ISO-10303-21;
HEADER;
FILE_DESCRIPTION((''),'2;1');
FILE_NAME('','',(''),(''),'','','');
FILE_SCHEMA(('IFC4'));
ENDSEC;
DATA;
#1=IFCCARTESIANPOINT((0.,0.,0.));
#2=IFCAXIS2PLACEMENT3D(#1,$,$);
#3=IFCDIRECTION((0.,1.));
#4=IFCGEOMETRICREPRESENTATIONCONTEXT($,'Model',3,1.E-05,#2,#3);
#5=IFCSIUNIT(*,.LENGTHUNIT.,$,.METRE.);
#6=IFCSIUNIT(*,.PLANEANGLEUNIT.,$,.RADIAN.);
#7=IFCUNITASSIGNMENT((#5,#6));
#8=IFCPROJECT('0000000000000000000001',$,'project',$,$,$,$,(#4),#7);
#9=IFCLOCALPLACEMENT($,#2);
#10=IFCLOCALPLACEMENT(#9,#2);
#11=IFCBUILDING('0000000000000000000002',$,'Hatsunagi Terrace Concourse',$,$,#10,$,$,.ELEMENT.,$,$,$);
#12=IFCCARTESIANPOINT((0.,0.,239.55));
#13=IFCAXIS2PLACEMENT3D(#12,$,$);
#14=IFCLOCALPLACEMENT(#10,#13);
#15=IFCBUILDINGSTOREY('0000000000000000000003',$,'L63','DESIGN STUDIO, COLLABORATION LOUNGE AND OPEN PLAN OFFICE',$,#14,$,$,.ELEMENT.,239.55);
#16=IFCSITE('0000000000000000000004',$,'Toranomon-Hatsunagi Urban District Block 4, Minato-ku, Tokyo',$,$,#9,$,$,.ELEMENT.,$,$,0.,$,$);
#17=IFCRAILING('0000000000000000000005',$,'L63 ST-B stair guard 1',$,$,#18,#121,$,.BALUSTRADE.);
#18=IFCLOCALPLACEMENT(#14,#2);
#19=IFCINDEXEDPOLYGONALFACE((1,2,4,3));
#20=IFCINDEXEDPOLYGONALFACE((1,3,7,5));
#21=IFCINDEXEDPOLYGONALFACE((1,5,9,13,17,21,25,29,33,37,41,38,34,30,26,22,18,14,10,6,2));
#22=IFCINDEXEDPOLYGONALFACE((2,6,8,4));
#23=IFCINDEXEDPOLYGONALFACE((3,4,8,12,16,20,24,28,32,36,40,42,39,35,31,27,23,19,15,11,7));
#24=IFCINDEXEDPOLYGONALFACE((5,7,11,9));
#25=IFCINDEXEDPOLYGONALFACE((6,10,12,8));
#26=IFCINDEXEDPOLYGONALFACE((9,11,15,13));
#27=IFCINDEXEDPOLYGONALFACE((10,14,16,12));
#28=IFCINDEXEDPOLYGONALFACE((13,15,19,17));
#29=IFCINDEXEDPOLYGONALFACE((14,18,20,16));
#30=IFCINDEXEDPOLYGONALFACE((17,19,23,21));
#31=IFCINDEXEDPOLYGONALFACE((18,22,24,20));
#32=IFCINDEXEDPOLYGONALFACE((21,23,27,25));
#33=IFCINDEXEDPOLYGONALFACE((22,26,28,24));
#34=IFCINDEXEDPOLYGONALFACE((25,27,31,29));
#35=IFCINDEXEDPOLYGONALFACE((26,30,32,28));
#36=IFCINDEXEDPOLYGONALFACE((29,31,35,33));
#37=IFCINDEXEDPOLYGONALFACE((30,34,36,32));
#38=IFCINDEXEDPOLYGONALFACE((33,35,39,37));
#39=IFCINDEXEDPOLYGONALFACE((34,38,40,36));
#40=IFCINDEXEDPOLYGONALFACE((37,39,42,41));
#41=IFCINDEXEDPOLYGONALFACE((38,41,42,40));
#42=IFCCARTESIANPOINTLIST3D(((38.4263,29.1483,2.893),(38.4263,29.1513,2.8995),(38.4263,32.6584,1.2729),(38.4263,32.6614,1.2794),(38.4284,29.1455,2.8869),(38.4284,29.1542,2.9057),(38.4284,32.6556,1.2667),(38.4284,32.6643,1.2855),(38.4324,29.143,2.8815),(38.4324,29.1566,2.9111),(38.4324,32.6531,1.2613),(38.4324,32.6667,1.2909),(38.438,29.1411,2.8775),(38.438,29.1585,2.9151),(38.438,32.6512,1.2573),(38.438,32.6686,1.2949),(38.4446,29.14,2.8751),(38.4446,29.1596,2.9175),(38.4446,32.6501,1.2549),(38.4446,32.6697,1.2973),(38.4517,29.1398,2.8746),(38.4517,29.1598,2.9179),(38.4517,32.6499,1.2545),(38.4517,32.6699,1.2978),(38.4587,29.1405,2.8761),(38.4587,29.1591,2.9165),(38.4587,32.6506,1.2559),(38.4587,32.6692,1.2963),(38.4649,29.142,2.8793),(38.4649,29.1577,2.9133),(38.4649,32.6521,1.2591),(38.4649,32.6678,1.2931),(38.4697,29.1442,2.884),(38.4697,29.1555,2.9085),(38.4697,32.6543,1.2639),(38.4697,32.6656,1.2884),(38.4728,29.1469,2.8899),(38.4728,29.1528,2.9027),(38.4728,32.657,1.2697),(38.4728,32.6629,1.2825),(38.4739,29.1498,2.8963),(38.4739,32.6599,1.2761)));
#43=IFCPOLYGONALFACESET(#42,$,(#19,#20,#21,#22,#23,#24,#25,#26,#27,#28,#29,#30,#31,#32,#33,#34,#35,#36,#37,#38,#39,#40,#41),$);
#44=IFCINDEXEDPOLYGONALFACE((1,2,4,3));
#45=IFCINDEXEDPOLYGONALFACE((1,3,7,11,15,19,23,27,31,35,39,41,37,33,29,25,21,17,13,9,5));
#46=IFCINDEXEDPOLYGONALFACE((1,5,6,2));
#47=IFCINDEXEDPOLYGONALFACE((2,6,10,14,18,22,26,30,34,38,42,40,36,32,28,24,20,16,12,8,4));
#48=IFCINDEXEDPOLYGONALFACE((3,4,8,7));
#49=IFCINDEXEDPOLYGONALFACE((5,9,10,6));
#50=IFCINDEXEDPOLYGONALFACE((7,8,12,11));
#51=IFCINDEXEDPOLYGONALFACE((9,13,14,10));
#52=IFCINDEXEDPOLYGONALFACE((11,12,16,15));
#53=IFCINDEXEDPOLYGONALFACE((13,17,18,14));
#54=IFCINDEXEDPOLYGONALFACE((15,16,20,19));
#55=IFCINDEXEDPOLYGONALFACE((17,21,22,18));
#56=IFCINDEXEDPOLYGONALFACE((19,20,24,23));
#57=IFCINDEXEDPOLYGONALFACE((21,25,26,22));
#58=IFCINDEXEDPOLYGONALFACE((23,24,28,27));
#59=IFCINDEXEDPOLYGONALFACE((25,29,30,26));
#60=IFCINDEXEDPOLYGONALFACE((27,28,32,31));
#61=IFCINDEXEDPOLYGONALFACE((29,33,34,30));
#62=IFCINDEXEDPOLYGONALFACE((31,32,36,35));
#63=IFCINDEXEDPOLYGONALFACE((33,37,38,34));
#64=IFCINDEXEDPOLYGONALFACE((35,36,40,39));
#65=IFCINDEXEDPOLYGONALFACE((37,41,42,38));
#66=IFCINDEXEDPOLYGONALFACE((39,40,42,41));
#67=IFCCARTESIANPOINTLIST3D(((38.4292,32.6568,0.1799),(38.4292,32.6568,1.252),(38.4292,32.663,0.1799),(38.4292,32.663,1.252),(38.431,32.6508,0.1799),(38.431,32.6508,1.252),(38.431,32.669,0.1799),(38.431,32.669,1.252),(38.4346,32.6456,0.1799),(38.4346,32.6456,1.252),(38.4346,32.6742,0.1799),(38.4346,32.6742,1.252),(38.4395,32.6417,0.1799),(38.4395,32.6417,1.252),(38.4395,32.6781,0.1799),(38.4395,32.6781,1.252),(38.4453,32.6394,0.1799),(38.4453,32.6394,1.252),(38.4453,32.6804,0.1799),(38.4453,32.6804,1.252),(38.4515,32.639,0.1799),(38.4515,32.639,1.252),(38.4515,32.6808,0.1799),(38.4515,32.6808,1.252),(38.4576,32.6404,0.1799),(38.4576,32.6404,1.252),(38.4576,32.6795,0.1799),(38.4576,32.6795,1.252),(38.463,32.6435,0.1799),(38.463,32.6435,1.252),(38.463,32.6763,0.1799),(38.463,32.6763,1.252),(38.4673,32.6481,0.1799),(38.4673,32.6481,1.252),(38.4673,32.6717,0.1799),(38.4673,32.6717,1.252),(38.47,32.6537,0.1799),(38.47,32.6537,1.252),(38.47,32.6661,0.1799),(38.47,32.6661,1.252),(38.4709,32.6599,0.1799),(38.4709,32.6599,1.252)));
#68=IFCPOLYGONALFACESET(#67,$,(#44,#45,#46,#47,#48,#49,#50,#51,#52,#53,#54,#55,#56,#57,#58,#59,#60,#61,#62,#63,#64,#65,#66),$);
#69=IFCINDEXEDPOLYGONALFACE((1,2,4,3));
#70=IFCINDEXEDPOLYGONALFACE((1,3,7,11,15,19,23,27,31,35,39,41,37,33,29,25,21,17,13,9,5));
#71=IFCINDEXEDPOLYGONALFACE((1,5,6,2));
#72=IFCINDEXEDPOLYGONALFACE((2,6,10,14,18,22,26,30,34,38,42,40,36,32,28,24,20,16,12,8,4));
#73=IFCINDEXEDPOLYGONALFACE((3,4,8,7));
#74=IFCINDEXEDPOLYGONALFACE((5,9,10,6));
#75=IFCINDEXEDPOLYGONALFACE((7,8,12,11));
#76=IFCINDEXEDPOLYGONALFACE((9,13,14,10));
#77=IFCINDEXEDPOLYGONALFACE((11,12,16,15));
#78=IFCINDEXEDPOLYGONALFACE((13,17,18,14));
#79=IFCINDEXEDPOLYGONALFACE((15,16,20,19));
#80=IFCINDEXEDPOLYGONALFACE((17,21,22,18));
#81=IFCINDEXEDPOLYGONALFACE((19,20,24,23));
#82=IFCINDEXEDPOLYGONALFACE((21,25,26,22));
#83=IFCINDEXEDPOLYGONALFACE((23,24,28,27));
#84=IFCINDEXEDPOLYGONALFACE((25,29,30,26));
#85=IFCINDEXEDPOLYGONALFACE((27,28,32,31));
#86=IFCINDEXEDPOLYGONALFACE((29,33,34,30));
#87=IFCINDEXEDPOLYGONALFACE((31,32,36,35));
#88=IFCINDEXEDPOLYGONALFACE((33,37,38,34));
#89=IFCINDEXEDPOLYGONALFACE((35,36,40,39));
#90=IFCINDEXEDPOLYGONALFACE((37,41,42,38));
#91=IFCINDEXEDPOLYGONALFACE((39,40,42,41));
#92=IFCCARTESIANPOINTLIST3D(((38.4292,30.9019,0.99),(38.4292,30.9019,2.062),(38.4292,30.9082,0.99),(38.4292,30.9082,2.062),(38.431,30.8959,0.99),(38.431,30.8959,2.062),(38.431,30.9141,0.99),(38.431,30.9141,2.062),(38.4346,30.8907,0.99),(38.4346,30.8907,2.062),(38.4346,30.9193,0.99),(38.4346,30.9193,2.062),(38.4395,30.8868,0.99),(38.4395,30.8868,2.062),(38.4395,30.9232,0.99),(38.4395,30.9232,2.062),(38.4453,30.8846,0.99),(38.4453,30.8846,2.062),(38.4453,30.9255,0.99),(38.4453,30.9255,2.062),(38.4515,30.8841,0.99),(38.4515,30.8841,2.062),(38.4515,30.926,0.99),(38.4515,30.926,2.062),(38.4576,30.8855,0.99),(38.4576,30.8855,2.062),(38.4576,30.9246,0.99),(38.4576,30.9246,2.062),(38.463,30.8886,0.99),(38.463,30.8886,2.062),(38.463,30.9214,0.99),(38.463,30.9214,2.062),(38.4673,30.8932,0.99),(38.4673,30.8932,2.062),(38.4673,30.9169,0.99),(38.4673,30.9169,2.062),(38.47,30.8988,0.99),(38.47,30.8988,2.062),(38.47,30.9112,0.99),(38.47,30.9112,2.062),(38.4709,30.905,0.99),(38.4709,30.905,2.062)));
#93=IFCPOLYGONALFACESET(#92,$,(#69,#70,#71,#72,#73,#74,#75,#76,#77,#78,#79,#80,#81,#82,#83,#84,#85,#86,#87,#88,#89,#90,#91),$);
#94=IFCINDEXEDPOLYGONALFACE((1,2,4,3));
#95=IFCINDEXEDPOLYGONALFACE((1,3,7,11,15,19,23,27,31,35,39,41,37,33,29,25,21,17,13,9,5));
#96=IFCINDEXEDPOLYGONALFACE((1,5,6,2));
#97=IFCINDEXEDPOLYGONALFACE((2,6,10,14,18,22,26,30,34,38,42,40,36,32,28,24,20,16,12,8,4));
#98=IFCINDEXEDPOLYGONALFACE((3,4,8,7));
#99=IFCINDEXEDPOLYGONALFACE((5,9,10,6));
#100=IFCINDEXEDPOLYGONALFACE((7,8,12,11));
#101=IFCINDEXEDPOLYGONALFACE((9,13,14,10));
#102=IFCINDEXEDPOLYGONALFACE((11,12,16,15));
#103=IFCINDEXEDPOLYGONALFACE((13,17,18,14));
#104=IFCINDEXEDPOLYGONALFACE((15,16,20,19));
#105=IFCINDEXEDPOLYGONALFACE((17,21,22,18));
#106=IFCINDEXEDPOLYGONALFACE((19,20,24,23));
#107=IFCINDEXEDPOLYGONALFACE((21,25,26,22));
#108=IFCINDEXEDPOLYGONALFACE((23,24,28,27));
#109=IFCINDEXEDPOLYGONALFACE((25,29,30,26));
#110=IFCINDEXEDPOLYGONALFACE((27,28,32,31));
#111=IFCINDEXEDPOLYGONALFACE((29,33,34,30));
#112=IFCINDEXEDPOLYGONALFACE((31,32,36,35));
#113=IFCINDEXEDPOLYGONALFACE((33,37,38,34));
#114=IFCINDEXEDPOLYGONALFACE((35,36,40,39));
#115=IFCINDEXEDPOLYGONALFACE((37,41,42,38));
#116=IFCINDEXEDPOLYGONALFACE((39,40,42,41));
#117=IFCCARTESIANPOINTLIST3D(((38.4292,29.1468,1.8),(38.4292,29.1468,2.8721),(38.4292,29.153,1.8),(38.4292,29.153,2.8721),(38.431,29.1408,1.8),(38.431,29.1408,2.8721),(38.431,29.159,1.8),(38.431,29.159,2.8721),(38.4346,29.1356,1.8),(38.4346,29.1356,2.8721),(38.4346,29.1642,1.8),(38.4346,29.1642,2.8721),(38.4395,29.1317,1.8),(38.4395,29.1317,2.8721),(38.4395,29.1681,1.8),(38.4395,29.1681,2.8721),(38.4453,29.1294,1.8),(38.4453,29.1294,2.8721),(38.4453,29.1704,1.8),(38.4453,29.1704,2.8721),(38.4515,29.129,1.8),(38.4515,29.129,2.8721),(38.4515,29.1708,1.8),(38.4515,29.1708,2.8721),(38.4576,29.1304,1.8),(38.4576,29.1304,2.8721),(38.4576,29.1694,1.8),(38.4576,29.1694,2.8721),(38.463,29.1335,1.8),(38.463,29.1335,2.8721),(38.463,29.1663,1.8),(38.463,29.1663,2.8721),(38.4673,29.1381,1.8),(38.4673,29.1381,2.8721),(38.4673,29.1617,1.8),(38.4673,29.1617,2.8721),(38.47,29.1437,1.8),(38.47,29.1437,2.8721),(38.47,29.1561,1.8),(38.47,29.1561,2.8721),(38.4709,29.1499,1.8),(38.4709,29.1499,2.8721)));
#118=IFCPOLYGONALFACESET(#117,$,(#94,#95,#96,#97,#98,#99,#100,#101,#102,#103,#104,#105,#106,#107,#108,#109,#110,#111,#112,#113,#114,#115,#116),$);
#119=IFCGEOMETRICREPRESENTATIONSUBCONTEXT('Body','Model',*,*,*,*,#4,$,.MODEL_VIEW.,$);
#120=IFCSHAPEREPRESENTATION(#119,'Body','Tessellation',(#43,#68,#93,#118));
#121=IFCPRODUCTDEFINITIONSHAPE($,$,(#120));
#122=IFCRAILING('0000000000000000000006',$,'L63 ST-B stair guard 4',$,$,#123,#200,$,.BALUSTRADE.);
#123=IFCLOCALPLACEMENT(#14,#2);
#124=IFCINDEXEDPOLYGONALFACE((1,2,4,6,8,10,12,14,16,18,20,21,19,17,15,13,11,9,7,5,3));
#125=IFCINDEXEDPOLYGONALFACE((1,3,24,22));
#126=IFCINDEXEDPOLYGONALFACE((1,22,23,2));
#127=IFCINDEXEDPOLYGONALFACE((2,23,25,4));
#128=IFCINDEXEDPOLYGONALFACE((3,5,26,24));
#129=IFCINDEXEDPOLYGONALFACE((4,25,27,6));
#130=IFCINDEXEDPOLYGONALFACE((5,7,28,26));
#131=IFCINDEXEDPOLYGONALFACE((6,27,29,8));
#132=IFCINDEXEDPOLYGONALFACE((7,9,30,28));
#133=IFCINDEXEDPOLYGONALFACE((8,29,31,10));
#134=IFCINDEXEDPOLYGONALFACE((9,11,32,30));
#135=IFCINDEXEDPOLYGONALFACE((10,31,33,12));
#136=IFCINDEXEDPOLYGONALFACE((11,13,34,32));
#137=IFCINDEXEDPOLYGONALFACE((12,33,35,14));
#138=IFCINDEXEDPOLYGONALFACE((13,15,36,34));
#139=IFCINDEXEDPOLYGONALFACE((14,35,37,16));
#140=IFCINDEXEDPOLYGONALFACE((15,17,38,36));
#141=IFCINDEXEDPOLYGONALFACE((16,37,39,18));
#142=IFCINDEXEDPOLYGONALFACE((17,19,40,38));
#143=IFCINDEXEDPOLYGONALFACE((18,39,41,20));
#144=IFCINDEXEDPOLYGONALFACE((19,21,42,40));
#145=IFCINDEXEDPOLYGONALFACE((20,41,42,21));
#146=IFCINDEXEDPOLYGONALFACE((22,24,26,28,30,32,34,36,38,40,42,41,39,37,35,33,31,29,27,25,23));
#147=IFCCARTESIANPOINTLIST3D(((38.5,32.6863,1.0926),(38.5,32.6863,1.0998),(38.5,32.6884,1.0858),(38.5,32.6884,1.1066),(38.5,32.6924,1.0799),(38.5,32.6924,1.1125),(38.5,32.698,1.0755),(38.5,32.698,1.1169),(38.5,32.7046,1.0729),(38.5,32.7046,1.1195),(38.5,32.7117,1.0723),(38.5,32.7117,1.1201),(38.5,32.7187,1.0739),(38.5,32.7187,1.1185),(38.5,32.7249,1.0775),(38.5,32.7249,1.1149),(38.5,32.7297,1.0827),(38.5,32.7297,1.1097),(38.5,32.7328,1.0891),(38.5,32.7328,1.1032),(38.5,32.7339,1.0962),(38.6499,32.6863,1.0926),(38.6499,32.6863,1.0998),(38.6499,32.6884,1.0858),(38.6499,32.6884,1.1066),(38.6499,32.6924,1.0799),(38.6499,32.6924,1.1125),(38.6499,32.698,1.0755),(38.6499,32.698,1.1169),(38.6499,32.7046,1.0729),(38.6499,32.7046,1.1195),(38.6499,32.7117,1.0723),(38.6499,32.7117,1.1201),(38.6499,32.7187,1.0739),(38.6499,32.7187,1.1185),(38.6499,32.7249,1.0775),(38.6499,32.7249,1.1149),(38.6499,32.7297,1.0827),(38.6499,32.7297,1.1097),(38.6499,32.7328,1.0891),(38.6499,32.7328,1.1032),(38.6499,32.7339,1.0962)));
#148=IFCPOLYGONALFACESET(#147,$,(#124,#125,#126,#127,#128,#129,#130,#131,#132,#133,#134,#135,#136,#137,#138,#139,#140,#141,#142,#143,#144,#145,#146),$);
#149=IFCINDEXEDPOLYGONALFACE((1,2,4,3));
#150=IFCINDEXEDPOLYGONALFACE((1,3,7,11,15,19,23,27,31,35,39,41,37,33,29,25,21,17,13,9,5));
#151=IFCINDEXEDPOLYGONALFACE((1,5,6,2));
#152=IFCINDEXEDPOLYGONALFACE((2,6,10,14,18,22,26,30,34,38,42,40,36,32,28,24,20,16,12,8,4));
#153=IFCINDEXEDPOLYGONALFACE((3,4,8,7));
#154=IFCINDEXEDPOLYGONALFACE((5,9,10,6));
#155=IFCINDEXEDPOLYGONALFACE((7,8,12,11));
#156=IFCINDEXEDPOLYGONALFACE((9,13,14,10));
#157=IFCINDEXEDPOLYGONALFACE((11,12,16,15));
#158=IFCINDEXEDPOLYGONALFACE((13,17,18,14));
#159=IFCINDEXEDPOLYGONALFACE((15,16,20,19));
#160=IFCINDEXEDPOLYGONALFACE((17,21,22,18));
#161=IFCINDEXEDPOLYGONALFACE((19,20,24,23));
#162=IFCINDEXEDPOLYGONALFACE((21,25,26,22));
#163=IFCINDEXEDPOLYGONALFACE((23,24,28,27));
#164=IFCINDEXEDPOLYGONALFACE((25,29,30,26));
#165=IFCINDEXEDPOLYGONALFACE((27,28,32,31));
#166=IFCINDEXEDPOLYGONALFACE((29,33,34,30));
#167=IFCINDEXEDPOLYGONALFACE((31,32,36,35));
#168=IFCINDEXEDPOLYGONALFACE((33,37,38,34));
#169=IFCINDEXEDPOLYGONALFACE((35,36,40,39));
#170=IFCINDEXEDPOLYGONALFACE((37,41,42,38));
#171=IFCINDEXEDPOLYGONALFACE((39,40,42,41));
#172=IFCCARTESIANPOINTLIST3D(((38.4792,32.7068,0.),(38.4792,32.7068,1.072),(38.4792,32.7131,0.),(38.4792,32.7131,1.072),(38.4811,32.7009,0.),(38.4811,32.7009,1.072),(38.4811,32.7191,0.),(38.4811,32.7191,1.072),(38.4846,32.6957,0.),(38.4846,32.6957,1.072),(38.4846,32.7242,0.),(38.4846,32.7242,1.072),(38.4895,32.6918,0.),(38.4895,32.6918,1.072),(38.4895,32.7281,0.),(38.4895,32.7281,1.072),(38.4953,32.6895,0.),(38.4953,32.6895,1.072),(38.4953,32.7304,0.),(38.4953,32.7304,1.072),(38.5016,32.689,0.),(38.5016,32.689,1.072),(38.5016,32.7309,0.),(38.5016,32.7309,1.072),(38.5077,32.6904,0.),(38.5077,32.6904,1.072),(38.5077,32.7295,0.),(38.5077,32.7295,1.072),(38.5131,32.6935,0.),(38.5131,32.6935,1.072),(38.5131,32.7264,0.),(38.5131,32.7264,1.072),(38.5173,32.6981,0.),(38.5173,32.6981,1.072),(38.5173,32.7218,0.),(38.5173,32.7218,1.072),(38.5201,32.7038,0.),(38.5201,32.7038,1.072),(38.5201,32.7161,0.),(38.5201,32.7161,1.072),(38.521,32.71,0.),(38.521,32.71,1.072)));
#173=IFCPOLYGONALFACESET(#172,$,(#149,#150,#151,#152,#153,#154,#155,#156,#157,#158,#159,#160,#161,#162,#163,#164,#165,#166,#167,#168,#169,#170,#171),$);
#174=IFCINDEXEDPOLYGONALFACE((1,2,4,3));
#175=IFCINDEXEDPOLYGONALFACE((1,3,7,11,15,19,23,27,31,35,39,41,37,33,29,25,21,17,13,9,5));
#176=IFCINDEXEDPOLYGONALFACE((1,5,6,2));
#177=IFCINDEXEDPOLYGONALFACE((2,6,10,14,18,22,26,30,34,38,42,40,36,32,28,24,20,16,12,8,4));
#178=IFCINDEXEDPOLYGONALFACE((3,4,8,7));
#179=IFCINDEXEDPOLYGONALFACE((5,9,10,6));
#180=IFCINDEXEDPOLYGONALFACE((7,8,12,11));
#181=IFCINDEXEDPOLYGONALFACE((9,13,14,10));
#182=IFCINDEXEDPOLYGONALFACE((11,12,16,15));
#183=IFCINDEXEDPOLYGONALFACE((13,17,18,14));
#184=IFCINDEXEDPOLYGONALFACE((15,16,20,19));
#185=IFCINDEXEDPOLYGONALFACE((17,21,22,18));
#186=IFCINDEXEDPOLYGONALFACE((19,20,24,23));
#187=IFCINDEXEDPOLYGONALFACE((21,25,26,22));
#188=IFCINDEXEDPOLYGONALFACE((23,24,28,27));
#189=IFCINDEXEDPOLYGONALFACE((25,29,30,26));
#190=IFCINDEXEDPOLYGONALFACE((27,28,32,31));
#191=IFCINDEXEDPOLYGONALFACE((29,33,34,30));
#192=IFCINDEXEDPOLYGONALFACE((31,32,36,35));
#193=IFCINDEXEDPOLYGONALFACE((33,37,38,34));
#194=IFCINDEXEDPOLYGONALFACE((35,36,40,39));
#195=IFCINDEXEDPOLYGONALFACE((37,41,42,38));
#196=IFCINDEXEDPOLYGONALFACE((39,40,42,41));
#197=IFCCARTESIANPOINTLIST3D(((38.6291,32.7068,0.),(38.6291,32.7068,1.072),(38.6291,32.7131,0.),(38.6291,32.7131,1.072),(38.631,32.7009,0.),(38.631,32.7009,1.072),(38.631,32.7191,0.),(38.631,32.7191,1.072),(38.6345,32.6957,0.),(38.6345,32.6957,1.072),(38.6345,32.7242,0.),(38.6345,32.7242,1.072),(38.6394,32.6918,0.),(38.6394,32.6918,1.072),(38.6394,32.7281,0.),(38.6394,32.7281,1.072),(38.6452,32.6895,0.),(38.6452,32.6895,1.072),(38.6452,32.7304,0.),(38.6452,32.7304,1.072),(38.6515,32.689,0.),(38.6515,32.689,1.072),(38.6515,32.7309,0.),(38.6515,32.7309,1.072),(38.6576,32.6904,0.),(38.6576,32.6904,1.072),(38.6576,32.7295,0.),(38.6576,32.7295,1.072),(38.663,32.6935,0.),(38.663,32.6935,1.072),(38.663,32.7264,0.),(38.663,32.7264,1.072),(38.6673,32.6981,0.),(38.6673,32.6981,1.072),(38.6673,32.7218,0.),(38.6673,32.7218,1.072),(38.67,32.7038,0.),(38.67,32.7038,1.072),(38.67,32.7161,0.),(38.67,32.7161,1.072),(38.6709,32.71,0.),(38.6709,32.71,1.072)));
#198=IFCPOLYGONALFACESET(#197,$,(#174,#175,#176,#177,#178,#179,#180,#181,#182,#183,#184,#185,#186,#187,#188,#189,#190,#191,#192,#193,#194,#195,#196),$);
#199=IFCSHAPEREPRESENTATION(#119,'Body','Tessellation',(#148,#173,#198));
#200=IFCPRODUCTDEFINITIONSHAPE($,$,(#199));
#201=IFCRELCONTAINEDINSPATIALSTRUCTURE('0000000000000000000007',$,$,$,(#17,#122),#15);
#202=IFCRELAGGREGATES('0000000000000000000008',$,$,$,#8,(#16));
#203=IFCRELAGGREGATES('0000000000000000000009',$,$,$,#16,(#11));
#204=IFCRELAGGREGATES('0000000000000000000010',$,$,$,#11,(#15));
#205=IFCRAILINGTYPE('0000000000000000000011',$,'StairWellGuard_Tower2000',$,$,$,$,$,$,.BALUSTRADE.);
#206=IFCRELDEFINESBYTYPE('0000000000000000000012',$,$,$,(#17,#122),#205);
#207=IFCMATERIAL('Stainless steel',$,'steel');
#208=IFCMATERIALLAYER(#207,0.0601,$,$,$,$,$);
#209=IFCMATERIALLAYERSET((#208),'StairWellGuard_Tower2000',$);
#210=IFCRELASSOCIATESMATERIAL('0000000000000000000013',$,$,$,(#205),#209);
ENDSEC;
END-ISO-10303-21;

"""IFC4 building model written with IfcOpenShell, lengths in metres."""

from ifc_helpers import new_model, si_unit, direction, frame, origin, origin_2d, place, context, subcontext, project, spatial, circle, extrude, material, layer, layer_set, type_object, element, save


model = new_model("IFC4")

# Units and contexts
model_context = context("Model", 3, precision=1e-05, world=origin(), true_north=direction((0.0, 1.0)))
body_context = subcontext(model_context, "Body", "Model", "MODEL_VIEW")
ifc_project = project(units=[si_unit("LENGTHUNIT", "METRE"), si_unit("PLANEANGLEUNIT", "RADIAN")], contexts=[model_context])

# Site, building, storey
site_placement = place(None, origin())
site = spatial("IfcSite", under=ifc_project, at=site_placement, Name="Toranomon-Hatsunagi Urban District Block 4, Minato-ku, Tokyo", CompositionType="ELEMENT", RefElevation=0.0)
building_placement = place(site_placement, origin())
building = spatial("IfcBuilding", under=site, at=building_placement, Name="Hatsunagi Terrace Concourse", CompositionType="ELEMENT")
storey_placement = place(building_placement, frame((0.0, 0.0, 239.55)))
storey = spatial("IfcBuildingStorey", under=building, at=storey_placement, Name="L63", Description="DESIGN STUDIO, COLLABORATION LOUNGE AND OPEN PLAN OFFICE", CompositionType="ELEMENT", Elevation=239.55)

# Railings
ifc_material_1 = material(Name="Stainless steel", Category="steel")
ifc_layer_1 = layer(ifc_material_1, 0.0601)
ifc_layer_set_1 = layer_set([ifc_layer_1], Name="StairWellGuard_Tower2000")
railing_type_1 = type_object("IfcRailingType", Name="StairWellGuard_Tower2000", PredefinedType="BALUSTRADE", material=ifc_layer_set_1)
railing_1_placement = place(storey_placement, frame((38.45, 32.6599, 0.1799)))
element("IfcRailing", 1, at=railing_1_placement, inside=storey, type_object=railing_type_1, Name="L63 ST-B stair guard 1", PredefinedType="BALUSTRADE", context=body_context, shape_type="SweptSolid", body=[
    extrude(circle(Radius=0.0239, at=origin_2d()), frame((0.0, 0.0, 1.0962), z_axis=(0.0, -0.907948, 0.419082), x_axis=(1.0, 0.0, 0.0)), (0.0, 0.0, 1.0), 3.866),
    extrude(circle(Radius=0.021, at=origin_2d()), origin(), (0.0, 0.0, 1.0), 1.072),
    extrude(circle(Radius=0.021, at=origin_2d()), frame((0.0, -1.7549, 0.8101)), (0.0, 0.0, 1.0), 1.072),
    extrude(circle(Radius=0.021, at=origin_2d()), frame((0.0, -3.51, 1.6201)), (0.0, 0.0, 1.0), 1.072),
])
railing_2_placement = place(storey_placement, frame((38.5, 32.71, 0.0)))
element("IfcRailing", 2, at=railing_2_placement, inside=storey, type_object=railing_type_1, Name="L63 ST-B stair guard 4", PredefinedType="BALUSTRADE", context=body_context, shape_type="SweptSolid", body=[
    extrude(circle(Radius=0.0239, at=origin_2d()), frame((0.0, 0.0, 1.0962), z_axis=(1.0, 0.0, 0.0), x_axis=(0.0, 1.0, 0.0)), (0.0, 0.0, 1.0), 0.1499),
    extrude(circle(Radius=0.021, at=origin_2d()), origin(), (0.0, 0.0, 1.0), 1.072),
    extrude(circle(Radius=0.021, at=origin_2d()), frame((0.1499, 0.0, 0.0)), (0.0, 0.0, 1.0), 1.072),
])

save(model, "model.ifc")
